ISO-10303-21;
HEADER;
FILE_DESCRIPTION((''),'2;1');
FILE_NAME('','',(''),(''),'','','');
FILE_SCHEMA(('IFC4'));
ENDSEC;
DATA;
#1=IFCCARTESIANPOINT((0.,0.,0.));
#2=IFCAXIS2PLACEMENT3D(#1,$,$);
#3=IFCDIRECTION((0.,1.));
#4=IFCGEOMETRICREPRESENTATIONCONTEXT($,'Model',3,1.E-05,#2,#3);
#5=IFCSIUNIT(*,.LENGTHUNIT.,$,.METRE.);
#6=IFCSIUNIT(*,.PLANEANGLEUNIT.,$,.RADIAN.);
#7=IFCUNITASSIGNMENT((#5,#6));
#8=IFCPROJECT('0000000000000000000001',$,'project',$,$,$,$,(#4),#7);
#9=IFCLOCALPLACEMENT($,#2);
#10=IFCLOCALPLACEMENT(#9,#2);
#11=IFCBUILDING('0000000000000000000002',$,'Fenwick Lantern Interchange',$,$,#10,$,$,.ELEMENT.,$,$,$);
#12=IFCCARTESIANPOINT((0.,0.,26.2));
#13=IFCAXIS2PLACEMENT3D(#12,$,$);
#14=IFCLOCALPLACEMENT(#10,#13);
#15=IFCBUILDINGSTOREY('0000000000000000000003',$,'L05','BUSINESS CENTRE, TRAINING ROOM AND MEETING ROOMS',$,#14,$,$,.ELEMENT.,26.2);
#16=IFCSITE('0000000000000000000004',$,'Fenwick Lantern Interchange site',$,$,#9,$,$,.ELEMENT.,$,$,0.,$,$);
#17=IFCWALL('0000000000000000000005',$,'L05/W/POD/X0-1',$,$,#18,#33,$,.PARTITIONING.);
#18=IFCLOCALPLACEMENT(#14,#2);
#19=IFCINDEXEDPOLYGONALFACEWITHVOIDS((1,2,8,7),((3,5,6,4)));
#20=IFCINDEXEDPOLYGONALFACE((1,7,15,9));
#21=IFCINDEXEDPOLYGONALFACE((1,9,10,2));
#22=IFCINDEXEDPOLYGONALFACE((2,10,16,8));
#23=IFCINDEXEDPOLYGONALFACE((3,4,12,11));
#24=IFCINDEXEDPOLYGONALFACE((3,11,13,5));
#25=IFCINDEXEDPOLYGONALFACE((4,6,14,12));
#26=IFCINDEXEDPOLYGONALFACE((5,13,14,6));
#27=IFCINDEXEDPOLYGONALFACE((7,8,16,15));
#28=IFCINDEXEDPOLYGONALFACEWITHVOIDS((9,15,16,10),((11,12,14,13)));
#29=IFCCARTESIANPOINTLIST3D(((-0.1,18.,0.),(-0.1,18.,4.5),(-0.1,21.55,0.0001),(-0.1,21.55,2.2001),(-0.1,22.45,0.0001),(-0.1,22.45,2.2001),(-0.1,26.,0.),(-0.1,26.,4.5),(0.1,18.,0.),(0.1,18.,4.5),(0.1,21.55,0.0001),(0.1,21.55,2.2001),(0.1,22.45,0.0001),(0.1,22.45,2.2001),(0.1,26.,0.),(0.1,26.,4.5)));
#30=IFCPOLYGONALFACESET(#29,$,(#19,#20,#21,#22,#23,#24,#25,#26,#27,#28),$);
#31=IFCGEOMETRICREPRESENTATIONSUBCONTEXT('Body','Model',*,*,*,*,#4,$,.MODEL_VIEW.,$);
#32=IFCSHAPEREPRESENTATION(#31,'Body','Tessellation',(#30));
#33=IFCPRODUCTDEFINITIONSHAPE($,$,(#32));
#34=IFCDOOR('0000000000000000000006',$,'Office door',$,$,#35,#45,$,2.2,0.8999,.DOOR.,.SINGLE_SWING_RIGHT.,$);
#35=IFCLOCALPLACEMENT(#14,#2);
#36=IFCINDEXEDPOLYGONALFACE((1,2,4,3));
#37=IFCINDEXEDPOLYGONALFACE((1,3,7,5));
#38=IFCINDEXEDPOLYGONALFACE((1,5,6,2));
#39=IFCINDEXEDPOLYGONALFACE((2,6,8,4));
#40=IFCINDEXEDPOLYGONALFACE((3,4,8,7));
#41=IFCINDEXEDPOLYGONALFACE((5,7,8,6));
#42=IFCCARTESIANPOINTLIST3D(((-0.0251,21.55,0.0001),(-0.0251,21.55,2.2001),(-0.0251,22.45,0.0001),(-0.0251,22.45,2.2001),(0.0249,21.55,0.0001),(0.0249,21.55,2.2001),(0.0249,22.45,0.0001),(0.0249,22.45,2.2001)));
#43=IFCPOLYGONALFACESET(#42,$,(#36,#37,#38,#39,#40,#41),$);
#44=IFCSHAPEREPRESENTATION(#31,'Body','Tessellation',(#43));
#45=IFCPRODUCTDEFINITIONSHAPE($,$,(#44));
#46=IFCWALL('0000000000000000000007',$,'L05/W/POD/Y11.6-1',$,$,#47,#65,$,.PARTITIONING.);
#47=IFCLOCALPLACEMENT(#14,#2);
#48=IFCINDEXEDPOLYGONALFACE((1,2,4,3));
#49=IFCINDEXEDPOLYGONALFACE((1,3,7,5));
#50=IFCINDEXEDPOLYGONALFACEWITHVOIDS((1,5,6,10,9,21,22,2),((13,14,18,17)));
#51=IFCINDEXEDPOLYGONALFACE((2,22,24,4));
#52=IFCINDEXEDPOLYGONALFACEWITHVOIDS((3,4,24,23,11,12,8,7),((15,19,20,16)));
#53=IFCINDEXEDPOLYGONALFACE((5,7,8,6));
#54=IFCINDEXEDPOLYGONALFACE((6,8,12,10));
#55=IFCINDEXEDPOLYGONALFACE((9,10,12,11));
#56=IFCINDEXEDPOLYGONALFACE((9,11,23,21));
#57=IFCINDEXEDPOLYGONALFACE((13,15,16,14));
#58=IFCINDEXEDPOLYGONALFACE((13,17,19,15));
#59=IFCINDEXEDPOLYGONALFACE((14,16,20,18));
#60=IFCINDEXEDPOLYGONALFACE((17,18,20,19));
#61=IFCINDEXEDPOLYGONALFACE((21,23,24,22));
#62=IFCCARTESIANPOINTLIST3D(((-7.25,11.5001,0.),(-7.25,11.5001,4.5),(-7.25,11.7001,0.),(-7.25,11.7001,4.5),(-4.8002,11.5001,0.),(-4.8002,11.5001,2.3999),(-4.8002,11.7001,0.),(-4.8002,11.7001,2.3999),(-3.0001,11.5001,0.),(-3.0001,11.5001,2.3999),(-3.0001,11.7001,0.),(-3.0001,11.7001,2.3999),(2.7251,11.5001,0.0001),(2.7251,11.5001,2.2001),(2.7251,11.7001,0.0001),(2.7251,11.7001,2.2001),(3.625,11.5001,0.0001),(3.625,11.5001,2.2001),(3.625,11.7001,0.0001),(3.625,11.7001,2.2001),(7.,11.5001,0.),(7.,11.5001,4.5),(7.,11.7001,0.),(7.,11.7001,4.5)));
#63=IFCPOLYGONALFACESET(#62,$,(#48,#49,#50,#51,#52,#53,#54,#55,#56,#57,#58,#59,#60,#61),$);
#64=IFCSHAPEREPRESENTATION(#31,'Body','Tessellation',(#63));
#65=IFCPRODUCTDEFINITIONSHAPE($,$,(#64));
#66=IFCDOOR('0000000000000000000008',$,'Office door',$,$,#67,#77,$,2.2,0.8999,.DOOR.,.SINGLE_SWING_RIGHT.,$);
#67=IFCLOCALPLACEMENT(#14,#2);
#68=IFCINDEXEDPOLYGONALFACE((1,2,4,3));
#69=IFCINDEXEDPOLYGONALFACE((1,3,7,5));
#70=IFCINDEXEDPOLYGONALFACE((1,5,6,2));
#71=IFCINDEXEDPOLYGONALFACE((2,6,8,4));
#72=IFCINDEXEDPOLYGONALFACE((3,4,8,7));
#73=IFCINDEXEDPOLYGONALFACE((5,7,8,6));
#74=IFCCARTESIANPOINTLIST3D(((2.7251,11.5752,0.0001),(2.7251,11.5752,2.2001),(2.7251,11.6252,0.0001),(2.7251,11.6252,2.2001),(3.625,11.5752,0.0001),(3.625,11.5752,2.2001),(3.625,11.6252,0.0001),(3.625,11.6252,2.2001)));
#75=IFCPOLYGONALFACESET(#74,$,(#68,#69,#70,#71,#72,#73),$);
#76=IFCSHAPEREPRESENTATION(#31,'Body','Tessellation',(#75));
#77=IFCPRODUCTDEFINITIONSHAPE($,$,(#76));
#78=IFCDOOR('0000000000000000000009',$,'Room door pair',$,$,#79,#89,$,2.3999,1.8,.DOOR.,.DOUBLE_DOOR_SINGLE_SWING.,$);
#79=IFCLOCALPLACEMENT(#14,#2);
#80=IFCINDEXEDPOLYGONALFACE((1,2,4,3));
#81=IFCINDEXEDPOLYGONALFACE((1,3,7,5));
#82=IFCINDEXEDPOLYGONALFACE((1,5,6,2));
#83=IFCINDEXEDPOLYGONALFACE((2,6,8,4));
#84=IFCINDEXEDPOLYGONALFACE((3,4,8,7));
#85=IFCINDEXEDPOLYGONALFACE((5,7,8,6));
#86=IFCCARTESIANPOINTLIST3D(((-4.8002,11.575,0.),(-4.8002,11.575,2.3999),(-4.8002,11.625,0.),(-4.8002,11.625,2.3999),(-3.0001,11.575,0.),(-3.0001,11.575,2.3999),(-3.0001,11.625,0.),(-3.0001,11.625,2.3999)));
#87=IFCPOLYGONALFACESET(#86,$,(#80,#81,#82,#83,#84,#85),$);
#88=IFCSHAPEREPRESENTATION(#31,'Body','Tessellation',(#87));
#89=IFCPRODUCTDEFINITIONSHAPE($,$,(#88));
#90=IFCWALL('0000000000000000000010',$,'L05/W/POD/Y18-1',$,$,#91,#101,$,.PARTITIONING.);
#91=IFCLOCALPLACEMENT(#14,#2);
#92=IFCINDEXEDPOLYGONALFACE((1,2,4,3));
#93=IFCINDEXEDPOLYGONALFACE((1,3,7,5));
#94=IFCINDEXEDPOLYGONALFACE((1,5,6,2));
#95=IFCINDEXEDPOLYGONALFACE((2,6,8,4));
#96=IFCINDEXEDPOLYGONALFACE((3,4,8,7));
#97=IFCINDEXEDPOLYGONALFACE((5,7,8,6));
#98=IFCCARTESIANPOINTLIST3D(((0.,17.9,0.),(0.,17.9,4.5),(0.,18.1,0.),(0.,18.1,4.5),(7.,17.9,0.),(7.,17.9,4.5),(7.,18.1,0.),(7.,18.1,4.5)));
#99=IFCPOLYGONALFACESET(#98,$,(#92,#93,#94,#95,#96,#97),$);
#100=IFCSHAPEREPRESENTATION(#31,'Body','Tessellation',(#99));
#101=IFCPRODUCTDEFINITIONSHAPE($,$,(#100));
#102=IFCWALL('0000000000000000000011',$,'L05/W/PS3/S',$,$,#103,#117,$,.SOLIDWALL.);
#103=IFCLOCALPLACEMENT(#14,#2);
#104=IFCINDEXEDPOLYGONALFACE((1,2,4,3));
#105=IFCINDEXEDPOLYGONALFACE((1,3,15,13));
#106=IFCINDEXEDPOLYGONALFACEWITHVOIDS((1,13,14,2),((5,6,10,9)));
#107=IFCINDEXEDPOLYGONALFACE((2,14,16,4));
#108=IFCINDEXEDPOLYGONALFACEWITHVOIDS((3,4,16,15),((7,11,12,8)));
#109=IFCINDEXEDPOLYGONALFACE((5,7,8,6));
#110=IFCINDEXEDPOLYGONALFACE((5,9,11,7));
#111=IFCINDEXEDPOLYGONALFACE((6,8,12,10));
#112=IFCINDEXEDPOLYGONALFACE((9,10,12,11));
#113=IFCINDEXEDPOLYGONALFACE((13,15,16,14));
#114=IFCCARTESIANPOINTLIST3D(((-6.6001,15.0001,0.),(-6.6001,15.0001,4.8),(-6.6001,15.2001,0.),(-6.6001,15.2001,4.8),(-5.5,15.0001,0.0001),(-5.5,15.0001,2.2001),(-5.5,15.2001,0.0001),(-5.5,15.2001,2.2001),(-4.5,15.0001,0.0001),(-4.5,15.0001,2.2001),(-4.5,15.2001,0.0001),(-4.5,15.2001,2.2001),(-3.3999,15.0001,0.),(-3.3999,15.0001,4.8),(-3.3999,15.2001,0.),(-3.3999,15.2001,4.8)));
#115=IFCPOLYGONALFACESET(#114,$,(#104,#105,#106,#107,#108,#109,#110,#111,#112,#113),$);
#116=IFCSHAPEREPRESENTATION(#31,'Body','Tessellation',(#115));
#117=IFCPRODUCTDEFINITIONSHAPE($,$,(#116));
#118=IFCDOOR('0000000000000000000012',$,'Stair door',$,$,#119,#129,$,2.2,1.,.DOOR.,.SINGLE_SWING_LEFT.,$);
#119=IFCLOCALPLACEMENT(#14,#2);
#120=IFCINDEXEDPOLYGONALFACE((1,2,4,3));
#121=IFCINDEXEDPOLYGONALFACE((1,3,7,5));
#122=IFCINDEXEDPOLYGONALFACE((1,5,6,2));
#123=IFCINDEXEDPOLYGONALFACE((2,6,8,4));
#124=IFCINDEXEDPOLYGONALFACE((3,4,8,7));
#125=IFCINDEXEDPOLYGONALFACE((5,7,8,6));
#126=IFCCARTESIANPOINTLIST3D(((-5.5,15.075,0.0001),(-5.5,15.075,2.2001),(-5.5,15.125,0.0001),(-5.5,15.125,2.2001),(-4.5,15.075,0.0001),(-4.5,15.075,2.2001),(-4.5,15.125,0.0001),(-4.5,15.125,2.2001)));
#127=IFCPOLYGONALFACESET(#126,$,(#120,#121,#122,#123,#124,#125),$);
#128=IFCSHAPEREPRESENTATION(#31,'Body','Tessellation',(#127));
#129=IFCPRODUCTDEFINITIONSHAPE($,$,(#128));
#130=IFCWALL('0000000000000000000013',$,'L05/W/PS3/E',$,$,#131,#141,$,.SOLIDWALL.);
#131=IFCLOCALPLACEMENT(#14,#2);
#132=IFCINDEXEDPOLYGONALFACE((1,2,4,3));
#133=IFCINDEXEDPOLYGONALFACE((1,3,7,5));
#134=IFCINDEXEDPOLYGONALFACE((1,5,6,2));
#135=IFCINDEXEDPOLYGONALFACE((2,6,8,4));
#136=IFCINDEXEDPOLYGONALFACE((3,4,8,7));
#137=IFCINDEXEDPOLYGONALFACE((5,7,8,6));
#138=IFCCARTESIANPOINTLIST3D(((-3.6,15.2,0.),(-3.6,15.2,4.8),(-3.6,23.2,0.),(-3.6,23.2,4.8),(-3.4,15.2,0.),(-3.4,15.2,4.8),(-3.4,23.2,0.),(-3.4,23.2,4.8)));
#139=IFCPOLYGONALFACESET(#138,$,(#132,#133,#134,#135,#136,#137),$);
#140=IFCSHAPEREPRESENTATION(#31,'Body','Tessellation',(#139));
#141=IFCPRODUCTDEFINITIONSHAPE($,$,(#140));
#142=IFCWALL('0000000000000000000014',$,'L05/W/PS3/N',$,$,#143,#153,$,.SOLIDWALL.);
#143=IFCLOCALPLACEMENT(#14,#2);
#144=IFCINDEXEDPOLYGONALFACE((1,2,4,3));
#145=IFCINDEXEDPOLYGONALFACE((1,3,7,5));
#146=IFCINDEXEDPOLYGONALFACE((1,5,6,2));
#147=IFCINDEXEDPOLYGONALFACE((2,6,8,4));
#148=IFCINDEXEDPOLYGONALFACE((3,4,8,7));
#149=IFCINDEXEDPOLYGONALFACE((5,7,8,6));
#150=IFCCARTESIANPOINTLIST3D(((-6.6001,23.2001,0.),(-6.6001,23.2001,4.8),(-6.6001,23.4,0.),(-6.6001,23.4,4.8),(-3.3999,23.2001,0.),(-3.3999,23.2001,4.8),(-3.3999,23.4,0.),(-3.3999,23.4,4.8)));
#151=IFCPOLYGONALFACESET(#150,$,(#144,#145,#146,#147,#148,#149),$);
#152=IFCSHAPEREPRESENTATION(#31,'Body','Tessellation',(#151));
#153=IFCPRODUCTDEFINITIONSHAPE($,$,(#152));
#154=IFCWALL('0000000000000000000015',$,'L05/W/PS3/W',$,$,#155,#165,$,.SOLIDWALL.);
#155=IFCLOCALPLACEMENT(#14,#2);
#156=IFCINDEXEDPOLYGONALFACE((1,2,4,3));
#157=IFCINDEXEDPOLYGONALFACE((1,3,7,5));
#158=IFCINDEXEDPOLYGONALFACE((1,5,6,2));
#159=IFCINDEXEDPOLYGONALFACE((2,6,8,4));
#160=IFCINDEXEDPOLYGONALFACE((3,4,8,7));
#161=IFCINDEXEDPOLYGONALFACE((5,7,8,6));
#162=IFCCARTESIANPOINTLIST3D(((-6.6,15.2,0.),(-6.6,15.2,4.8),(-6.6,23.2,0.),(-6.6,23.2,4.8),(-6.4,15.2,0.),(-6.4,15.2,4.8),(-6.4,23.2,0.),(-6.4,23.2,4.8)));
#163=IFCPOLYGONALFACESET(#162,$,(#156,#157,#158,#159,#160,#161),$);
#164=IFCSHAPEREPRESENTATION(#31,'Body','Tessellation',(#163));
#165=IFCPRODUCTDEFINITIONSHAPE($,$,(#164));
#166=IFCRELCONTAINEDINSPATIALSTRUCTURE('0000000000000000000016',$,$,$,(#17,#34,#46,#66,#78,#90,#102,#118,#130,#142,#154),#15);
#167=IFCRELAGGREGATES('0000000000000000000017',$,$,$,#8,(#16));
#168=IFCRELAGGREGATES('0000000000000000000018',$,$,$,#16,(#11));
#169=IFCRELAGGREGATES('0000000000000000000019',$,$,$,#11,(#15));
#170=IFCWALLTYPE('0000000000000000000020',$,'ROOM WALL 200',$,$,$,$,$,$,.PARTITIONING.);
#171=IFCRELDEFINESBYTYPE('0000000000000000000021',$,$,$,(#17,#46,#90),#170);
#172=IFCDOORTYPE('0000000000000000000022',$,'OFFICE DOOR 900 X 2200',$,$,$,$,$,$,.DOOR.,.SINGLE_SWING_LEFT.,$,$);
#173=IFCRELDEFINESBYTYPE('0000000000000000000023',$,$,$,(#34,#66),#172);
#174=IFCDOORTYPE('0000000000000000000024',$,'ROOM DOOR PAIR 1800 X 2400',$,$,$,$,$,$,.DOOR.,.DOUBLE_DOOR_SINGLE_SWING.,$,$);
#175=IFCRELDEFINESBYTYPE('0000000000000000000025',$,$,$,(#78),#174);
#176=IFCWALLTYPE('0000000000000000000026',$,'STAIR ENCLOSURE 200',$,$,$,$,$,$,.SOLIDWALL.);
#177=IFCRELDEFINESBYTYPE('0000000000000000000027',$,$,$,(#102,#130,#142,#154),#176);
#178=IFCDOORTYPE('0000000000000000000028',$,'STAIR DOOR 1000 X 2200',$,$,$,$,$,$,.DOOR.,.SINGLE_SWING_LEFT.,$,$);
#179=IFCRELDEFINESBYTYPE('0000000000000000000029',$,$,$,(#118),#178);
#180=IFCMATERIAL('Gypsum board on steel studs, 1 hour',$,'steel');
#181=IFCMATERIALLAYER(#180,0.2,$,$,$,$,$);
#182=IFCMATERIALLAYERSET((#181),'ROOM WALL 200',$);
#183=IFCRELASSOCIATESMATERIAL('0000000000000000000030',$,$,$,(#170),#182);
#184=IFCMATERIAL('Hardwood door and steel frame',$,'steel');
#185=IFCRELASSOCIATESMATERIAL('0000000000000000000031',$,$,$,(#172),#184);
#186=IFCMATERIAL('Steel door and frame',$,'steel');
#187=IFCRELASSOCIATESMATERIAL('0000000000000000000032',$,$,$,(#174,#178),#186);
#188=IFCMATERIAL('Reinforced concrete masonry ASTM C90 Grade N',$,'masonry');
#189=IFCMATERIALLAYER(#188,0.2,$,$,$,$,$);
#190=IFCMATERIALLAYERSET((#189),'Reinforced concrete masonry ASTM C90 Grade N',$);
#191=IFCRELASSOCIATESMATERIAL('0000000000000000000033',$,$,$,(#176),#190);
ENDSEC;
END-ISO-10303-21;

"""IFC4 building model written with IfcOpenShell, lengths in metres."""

from ifc_helpers import new_model, si_unit, direction, frame, frame_2d, origin, place, context, subcontext, project, spatial, rectangle, extrude, material, layer, layer_set, type_object, element, fill, save


model = new_model("IFC4")

# Units and contexts
model_context = context("Model", 3, precision=1e-05, world=origin(), true_north=direction((0.0, 1.0)))
body_context = subcontext(model_context, "Body", "Model", "MODEL_VIEW")
ifc_project = project(units=[si_unit("LENGTHUNIT", "METRE"), si_unit("PLANEANGLEUNIT", "RADIAN")], contexts=[model_context])

# Site, building, storey
site_placement = place(None, origin())
site = spatial("IfcSite", under=ifc_project, at=site_placement, Name="Fenwick Lantern Interchange site", CompositionType="ELEMENT", RefElevation=0.0)
building_placement = place(site_placement, origin())
building = spatial("IfcBuilding", under=site, at=building_placement, Name="Fenwick Lantern Interchange", CompositionType="ELEMENT")
storey_placement = place(building_placement, frame((0.0, 0.0, 26.2)))
storey = spatial("IfcBuildingStorey", under=building, at=storey_placement, Name="L05", Description="BUSINESS CENTRE, TRAINING ROOM AND MEETING ROOMS", CompositionType="ELEMENT", Elevation=26.2)

# Wall, opening, door
ifc_material_1 = material(Name="Gypsum board on steel studs, 1 hour", Category="steel")
ifc_layer_1 = layer(ifc_material_1, 0.2)
ifc_layer_set_1 = layer_set([ifc_layer_1], Name="ROOM WALL 200")
wall_type_1 = type_object("IfcWallType", Name="ROOM WALL 200", PredefinedType="PARTITIONING", material=ifc_layer_set_1)
wall_1_placement = place(storey_placement, frame((0.0, 18.0, 0.0), z_axis=(0.0, 0.0, 1.0), x_axis=(0.0, 1.0, 0.0)))
wall_1 = element("IfcWall", 1, at=wall_1_placement, inside=storey, type_object=wall_type_1, Name="L05/W/POD/X0-1", PredefinedType="PARTITIONING", context=body_context, shape_type="SweptSolid", body=[
    extrude(rectangle(XDim=8.0, YDim=0.2, at=frame_2d((4.0, 0.0))), origin(), (0.0, 0.0, 1.0), 4.5),
])
opening_1_placement = place(wall_1_placement, frame((3.55, 0.0, 0.0)))
opening_1 = element("IfcOpeningElement", 2, at=opening_1_placement, cuts=wall_1, PredefinedType="OPENING", context=body_context, shape_type="SweptSolid", body=[
    extrude(rectangle(XDim=0.8999, YDim=2.2, at=frame_2d((0.45, 1.1001))), frame((0.0, 0.1099, 0.0), z_axis=(0.0, -1.0, 0.0), x_axis=(1.0, 0.0, 0.0)), (0.0, 0.0, 1.0), 0.22),
])
ifc_material_2 = material(Name="Hardwood door and steel frame", Category="steel")
door_type_1 = type_object("IfcDoorType", Name="OFFICE DOOR 900 X 2200", OperationType="SINGLE_SWING_LEFT", PredefinedType="DOOR", material=ifc_material_2)
door_1_placement = place(opening_1_placement, frame((0.8999, 0.0, 0.0), z_axis=(0.0, 0.0, 1.0), x_axis=(-1.0, 0.0, 0.0)))
door_1 = element("IfcDoor", 3, at=door_1_placement, inside=storey, type_object=door_type_1, Name="Office door", OperationType="SINGLE_SWING_RIGHT", OverallHeight=2.2, OverallWidth=0.8999, PredefinedType="DOOR", context=body_context, shape_type="SweptSolid", body=[
    extrude(rectangle(XDim=0.8999, YDim=2.2, at=frame_2d((0.45, 1.1001))), frame((0.0, 0.0249, 0.0), z_axis=(0.0, -1.0, 0.0), x_axis=(1.0, 0.0, 0.0)), (0.0, 0.0, 1.0), 0.05),
])
fill(opening_1, door_1)

# Wall, openings, doors
wall_2_placement = place(storey_placement, frame((-7.25, 11.6001, 0.0), z_axis=(0.0, 0.0, 1.0), x_axis=(1.0, 0.0, 0.0)))
wall_2 = element("IfcWall", 4, at=wall_2_placement, inside=storey, type_object=wall_type_1, Name="L05/W/POD/Y11.6-1", PredefinedType="PARTITIONING", context=body_context, shape_type="SweptSolid", body=[
    extrude(rectangle(XDim=14.25, YDim=0.2, at=frame_2d((7.125, 0.0))), origin(), (0.0, 0.0, 1.0), 4.5),
])
opening_2_placement = place(wall_2_placement, frame((2.45, 0.0, 0.0)))
opening_2 = element("IfcOpeningElement", 5, at=opening_2_placement, cuts=wall_2, PredefinedType="OPENING", context=body_context, shape_type="SweptSolid", body=[
    extrude(rectangle(XDim=1.8, YDim=2.3999, at=frame_2d((0.8999, 1.2))), frame((0.0, 0.1099, 0.0), z_axis=(0.0, -1.0, 0.0), x_axis=(1.0, 0.0, 0.0)), (0.0, 0.0, 1.0), 0.22),
])
opening_3_placement = place(wall_2_placement, frame((9.9751, 0.0, 0.0)))
opening_3 = element("IfcOpeningElement", 6, at=opening_3_placement, cuts=wall_2, PredefinedType="OPENING", context=body_context, shape_type="SweptSolid", body=[
    extrude(rectangle(XDim=0.8999, YDim=2.2, at=frame_2d((0.45, 1.1001))), frame((0.0, 0.1099, 0.0), z_axis=(0.0, -1.0, 0.0), x_axis=(1.0, 0.0, 0.0)), (0.0, 0.0, 1.0), 0.22),
])
door_2_placement = place(opening_3_placement, frame((0.8999, 0.0, 0.0), z_axis=(0.0, 0.0, 1.0), x_axis=(-1.0, 0.0, 0.0)))
door_2 = element("IfcDoor", 7, at=door_2_placement, inside=storey, type_object=door_type_1, Name="Office door", OperationType="SINGLE_SWING_RIGHT", OverallHeight=2.2, OverallWidth=0.8999, PredefinedType="DOOR", context=body_context, shape_type="SweptSolid", body=[
    extrude(rectangle(XDim=0.8999, YDim=2.2, at=frame_2d((0.45, 1.1001))), frame((0.0, 0.0249, 0.0), z_axis=(0.0, -1.0, 0.0), x_axis=(1.0, 0.0, 0.0)), (0.0, 0.0, 1.0), 0.05),
])
fill(opening_3, door_2)
ifc_material_3 = material(Name="Steel door and frame", Category="steel")
door_type_2 = type_object("IfcDoorType", Name="ROOM DOOR PAIR 1800 X 2400", OperationType="DOUBLE_DOOR_SINGLE_SWING", PredefinedType="DOOR", material=ifc_material_3)
door_3_placement = place(opening_2_placement, origin())
door_3 = element("IfcDoor", 8, at=door_3_placement, inside=storey, type_object=door_type_2, Name="Room door pair", OperationType="DOUBLE_DOOR_SINGLE_SWING", OverallHeight=2.3999, OverallWidth=1.8, PredefinedType="DOOR", context=body_context, shape_type="SweptSolid", body=[
    extrude(rectangle(XDim=1.8, YDim=2.3999, at=frame_2d((0.8999, 1.2))), frame((0.0, 0.0249, 0.0), z_axis=(0.0, -1.0, 0.0), x_axis=(1.0, 0.0, 0.0)), (0.0, 0.0, 1.0), 0.05),
])
fill(opening_2, door_3)

# Wall
wall_3_placement = place(storey_placement, frame((0.0, 18.0, 0.0), z_axis=(0.0, 0.0, 1.0), x_axis=(1.0, 0.0, 0.0)))
element("IfcWall", 9, at=wall_3_placement, inside=storey, type_object=wall_type_1, Name="L05/W/POD/Y18-1", PredefinedType="PARTITIONING", context=body_context, shape_type="SweptSolid", body=[
    extrude(rectangle(XDim=7.0, YDim=0.2, at=frame_2d((3.5, 0.0))), origin(), (0.0, 0.0, 1.0), 4.5),
])

# Wall, opening, door
ifc_material_4 = material(Name="Reinforced concrete masonry ASTM C90 Grade N", Category="masonry")
ifc_layer_2 = layer(ifc_material_4, 0.2)
ifc_layer_set_2 = layer_set([ifc_layer_2], Name="Reinforced concrete masonry ASTM C90 Grade N")
wall_type_2 = type_object("IfcWallType", Name="STAIR ENCLOSURE 200", PredefinedType="SOLIDWALL", material=ifc_layer_set_2)
wall_4_placement = place(storey_placement, frame((-6.6001, 15.1001, 0.0), z_axis=(0.0, 0.0, 1.0), x_axis=(1.0, 0.0, 0.0)))
wall_4 = element("IfcWall", 10, at=wall_4_placement, inside=storey, type_object=wall_type_2, Name="L05/W/PS3/S", PredefinedType="SOLIDWALL", context=body_context, shape_type="SweptSolid", body=[
    extrude(rectangle(XDim=3.2002, YDim=0.2, at=frame_2d((1.6001, 0.0))), origin(), (0.0, 0.0, 1.0), 4.8),
])
opening_4_placement = place(wall_4_placement, frame((1.1001, 0.0, 0.0)))
opening_4 = element("IfcOpeningElement", 11, at=opening_4_placement, cuts=wall_4, PredefinedType="OPENING", context=body_context, shape_type="SweptSolid", body=[
    extrude(rectangle(XDim=1.0, YDim=2.2, at=frame_2d((0.5, 1.1001))), frame((0.0, 0.1099, 0.0), z_axis=(0.0, -1.0, 0.0), x_axis=(1.0, 0.0, 0.0)), (0.0, 0.0, 1.0), 0.22),
])
door_type_3 = type_object("IfcDoorType", Name="STAIR DOOR 1000 X 2200", OperationType="SINGLE_SWING_LEFT", PredefinedType="DOOR", material=ifc_material_3)
door_4_placement = place(opening_4_placement, origin())
door_4 = element("IfcDoor", 12, at=door_4_placement, inside=storey, type_object=door_type_3, Name="Stair door", OperationType="SINGLE_SWING_LEFT", OverallHeight=2.2, OverallWidth=1.0, PredefinedType="DOOR", context=body_context, shape_type="SweptSolid", body=[
    extrude(rectangle(XDim=1.0, YDim=2.2, at=frame_2d((0.5, 1.1001))), frame((0.0, 0.0249, 0.0), z_axis=(0.0, -1.0, 0.0), x_axis=(1.0, 0.0, 0.0)), (0.0, 0.0, 1.0), 0.05),
])
fill(opening_4, door_4)

# Walls
wall_5_placement = place(storey_placement, frame((-3.5, 15.2, 0.0), z_axis=(0.0, 0.0, 1.0), x_axis=(0.0, 1.0, 0.0)))
element("IfcWall", 13, at=wall_5_placement, inside=storey, type_object=wall_type_2, Name="L05/W/PS3/E", PredefinedType="SOLIDWALL", context=body_context, shape_type="SweptSolid", body=[
    extrude(rectangle(XDim=8.0, YDim=0.2, at=frame_2d((4.0, 0.0))), origin(), (0.0, 0.0, 1.0), 4.8),
])
wall_6_placement = place(storey_placement, frame((-3.3999, 23.3, 0.0), z_axis=(0.0, 0.0, 1.0), x_axis=(-1.0, 0.0, 0.0)))
element("IfcWall", 14, at=wall_6_placement, inside=storey, type_object=wall_type_2, Name="L05/W/PS3/N", PredefinedType="SOLIDWALL", context=body_context, shape_type="SweptSolid", body=[
    extrude(rectangle(XDim=3.2002, YDim=0.2, at=frame_2d((1.6001, 0.0))), origin(), (0.0, 0.0, 1.0), 4.8),
])
wall_7_placement = place(storey_placement, frame((-6.5, 23.2, 0.0), z_axis=(0.0, 0.0, 1.0), x_axis=(0.0, -1.0, 0.0)))
element("IfcWall", 15, at=wall_7_placement, inside=storey, type_object=wall_type_2, Name="L05/W/PS3/W", PredefinedType="SOLIDWALL", context=body_context, shape_type="SweptSolid", body=[
    extrude(rectangle(XDim=8.0, YDim=0.2, at=frame_2d((4.0, 0.0))), origin(), (0.0, 0.0, 1.0), 4.8),
])

save(model, "model.ifc")
